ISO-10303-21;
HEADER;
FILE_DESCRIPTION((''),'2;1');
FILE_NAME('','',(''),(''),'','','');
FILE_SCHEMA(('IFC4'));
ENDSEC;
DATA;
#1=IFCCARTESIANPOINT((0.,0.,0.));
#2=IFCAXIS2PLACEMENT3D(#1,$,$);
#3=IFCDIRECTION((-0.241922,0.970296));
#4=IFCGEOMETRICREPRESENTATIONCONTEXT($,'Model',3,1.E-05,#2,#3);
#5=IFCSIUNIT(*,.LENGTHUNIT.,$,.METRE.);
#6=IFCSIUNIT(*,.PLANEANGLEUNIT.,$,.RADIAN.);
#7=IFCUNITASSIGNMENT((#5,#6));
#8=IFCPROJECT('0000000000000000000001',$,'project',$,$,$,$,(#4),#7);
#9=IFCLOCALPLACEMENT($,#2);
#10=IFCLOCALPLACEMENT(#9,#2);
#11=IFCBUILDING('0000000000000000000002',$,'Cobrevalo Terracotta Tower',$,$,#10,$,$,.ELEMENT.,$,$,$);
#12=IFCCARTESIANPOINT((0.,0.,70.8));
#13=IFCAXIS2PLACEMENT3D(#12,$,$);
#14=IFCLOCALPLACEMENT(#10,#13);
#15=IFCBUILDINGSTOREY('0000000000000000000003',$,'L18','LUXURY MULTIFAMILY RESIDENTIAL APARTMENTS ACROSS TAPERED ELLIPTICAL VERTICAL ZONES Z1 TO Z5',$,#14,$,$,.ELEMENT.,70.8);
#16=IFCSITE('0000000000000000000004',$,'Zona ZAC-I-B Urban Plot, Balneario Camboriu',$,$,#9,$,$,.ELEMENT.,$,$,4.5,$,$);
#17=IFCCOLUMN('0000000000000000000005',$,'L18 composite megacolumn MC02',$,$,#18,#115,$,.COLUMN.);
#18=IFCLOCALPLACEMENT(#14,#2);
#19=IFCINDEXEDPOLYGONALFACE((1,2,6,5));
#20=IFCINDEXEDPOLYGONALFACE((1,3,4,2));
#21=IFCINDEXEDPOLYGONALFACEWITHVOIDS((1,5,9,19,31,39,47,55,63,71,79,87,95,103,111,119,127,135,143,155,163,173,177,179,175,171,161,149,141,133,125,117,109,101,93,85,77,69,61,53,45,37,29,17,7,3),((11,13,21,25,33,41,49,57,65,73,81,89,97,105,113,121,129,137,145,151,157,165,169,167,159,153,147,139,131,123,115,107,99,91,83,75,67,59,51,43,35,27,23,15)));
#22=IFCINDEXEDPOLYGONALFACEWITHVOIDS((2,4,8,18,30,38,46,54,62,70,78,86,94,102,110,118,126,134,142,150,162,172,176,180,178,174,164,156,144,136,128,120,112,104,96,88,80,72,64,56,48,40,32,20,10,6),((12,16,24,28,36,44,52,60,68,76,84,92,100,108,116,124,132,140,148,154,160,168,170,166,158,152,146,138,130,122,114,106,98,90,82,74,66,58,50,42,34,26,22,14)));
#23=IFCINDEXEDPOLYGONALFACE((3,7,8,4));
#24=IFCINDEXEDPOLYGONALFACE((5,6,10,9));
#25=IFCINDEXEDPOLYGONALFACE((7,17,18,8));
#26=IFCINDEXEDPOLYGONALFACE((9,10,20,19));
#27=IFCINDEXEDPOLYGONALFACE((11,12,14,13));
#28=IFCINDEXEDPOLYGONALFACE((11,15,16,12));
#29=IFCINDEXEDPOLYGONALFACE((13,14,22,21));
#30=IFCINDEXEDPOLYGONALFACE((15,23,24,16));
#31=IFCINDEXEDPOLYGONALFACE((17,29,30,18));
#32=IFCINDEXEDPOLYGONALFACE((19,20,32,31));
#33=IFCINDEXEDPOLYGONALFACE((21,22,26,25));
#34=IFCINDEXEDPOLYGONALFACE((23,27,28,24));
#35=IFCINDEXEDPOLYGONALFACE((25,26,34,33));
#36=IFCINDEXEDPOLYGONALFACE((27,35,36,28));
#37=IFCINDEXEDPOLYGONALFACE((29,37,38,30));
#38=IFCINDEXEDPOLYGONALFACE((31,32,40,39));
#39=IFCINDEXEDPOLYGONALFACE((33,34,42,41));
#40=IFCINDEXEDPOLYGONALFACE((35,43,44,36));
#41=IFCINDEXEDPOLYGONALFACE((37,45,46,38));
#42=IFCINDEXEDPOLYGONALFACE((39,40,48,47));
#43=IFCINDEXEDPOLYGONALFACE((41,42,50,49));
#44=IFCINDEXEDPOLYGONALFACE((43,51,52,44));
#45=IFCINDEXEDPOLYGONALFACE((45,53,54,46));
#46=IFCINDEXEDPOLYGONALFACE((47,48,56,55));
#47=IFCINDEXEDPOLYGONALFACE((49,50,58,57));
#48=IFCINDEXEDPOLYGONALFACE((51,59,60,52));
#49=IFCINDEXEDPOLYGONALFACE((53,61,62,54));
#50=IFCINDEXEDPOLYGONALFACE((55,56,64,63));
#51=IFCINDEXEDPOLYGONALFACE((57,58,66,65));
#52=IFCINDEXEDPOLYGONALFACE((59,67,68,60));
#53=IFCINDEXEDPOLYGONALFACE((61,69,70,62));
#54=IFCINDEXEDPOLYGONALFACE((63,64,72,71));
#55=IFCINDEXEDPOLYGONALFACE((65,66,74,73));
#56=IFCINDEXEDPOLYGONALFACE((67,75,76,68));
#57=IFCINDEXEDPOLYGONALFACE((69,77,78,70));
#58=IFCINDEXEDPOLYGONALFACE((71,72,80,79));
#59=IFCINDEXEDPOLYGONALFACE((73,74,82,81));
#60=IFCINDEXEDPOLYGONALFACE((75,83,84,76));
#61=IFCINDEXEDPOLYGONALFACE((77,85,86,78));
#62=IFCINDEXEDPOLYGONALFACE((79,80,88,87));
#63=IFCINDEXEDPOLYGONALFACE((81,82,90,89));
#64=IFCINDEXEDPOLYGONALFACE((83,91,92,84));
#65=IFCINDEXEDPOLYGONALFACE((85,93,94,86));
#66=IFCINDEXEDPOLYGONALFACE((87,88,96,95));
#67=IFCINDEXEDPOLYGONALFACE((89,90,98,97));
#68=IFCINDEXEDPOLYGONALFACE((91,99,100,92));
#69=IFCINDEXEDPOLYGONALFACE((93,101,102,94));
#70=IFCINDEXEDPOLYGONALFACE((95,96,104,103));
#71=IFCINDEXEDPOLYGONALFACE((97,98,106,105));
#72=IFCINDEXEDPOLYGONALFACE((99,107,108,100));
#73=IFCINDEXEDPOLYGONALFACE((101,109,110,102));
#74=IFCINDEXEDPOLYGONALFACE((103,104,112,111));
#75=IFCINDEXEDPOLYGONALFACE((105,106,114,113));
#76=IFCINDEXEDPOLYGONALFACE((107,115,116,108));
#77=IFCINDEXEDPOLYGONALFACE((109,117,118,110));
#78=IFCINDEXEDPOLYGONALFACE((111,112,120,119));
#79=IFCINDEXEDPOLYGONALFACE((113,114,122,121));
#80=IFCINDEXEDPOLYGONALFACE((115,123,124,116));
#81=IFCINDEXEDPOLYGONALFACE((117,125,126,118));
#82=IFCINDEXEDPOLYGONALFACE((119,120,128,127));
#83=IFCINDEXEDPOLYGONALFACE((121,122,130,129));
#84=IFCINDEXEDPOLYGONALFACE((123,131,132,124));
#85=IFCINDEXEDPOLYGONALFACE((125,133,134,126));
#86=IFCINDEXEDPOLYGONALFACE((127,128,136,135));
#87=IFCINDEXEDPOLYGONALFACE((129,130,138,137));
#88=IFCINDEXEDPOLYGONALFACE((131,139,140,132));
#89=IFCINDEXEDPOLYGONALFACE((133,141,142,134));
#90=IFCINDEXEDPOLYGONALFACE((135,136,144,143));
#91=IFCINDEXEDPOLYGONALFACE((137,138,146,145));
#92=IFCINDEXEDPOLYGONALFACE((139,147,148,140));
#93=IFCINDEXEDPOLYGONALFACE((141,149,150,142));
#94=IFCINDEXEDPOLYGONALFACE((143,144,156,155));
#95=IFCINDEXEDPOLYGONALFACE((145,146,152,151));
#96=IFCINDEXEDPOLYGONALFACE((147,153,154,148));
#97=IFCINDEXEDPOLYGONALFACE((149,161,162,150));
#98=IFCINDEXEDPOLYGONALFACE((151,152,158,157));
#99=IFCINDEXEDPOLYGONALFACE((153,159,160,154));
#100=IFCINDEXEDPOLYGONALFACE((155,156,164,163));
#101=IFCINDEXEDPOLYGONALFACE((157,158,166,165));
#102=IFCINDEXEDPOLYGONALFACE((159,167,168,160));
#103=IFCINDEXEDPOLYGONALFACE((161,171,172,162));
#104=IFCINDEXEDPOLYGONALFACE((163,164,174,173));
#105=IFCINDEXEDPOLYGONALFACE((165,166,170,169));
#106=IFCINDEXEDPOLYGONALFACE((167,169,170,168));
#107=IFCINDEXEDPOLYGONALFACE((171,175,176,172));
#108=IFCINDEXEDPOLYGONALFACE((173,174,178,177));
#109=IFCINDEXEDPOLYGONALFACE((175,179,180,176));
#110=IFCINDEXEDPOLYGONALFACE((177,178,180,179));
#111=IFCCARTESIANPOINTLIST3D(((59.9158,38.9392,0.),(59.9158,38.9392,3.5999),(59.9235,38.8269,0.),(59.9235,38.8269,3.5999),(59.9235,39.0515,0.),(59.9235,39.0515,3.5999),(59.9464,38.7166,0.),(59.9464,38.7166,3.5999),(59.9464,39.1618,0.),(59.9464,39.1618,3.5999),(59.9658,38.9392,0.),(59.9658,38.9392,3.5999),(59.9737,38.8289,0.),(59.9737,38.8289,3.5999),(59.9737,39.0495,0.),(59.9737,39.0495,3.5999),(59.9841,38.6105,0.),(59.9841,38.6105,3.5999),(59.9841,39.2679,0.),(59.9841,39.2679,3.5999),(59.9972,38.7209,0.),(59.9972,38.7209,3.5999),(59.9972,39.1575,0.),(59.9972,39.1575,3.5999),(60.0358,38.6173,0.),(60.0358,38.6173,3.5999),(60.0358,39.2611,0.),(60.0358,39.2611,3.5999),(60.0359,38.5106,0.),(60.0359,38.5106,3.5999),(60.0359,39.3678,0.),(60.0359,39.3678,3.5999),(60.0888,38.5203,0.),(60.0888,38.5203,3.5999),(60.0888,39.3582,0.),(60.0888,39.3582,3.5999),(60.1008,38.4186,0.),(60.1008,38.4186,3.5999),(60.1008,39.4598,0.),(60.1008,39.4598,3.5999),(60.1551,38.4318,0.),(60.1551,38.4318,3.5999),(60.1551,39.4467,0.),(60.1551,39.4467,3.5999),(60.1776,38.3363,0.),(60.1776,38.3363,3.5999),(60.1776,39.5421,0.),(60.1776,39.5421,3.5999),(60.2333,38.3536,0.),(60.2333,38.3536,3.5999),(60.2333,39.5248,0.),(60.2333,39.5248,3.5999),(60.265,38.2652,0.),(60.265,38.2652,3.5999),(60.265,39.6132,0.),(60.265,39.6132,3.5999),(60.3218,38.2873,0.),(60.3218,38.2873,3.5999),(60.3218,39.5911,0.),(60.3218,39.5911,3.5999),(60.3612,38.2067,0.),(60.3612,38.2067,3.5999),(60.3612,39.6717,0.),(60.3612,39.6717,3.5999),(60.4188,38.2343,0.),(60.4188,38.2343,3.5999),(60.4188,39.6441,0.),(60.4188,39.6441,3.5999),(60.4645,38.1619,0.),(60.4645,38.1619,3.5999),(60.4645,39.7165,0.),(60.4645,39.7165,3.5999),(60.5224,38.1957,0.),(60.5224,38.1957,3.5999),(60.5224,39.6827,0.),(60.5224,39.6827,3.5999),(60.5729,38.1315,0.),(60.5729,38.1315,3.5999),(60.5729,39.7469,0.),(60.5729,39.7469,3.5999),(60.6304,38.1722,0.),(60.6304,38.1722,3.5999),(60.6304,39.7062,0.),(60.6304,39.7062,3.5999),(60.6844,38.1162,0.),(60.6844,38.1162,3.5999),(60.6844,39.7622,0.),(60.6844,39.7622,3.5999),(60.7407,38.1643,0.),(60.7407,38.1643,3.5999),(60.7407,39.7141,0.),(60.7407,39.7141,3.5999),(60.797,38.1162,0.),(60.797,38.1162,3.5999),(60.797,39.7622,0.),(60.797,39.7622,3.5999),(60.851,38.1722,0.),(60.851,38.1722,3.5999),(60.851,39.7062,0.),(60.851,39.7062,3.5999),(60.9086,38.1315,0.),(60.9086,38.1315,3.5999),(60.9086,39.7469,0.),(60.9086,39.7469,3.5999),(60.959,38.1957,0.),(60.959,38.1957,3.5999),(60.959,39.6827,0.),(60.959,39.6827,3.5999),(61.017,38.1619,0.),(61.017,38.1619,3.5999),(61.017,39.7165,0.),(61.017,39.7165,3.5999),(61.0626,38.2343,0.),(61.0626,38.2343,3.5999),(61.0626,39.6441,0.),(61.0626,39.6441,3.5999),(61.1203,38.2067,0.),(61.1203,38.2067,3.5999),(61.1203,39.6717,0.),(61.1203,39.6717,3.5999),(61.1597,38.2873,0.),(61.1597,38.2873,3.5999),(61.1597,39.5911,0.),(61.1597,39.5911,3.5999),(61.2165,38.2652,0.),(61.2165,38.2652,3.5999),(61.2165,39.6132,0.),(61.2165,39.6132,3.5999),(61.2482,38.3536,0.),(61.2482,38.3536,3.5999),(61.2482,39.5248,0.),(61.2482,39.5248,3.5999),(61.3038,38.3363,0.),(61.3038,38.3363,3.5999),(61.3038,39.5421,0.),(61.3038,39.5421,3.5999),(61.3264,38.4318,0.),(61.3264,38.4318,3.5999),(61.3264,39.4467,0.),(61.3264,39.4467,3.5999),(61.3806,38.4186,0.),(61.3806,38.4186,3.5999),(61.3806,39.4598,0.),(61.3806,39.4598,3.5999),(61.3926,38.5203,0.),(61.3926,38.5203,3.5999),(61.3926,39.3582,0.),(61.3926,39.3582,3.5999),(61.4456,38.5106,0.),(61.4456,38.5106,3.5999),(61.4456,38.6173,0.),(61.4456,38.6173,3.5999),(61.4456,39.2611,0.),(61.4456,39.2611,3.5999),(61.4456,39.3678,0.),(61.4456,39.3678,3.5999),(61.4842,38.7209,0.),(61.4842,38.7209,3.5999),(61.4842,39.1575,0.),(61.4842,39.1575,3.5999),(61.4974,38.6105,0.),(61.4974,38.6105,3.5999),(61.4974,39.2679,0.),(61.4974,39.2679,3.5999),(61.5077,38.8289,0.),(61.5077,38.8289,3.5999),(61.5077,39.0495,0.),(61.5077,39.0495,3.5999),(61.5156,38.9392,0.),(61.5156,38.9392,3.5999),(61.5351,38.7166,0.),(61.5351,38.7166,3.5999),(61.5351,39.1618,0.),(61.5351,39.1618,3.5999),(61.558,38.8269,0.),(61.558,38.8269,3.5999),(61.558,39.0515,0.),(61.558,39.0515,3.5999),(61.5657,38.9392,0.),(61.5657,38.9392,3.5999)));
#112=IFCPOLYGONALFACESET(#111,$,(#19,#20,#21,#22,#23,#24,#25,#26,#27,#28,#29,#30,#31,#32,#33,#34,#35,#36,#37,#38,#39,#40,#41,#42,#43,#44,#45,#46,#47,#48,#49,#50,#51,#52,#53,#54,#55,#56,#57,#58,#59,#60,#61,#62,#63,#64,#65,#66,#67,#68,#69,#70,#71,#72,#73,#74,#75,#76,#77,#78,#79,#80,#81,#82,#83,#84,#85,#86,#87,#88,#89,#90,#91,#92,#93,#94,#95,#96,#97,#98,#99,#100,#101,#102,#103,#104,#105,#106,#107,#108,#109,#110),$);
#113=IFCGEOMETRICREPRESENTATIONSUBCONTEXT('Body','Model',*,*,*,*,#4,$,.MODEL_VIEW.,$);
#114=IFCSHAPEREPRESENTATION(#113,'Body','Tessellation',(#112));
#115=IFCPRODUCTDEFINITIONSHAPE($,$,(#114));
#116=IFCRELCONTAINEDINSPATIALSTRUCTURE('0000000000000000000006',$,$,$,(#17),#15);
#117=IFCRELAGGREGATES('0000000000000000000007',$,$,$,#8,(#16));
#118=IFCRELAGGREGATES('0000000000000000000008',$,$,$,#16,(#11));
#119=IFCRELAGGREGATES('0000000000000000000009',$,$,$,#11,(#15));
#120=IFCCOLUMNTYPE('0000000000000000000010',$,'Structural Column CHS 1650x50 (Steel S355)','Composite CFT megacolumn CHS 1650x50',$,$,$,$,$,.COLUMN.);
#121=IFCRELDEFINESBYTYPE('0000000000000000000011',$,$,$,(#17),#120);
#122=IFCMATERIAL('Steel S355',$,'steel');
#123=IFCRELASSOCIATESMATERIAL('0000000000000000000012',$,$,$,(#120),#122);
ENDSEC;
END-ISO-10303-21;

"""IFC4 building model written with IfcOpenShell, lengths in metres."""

from ifc_helpers import new_model, si_unit, direction, frame, origin, origin_2d, place, context, subcontext, project, spatial, hollow_circle, extrude, material, material_profile, profile_set, type_object, element, save


model = new_model("IFC4")

# Units and contexts
model_context = context("Model", 3, precision=1e-05, world=origin(), true_north=direction((-0.241922, 0.970296)))
body_context = subcontext(model_context, "Body", "Model", "MODEL_VIEW")
ifc_project = project(units=[si_unit("LENGTHUNIT", "METRE"), si_unit("PLANEANGLEUNIT", "RADIAN")], contexts=[model_context])

# Site, building, storey
site_placement = place(None, origin())
site = spatial("IfcSite", under=ifc_project, at=site_placement, Name="Zona ZAC-I-B Urban Plot, Balneario Camboriu", CompositionType="ELEMENT", RefElevation=4.5)
building_placement = place(site_placement, origin())
building = spatial("IfcBuilding", under=site, at=building_placement, Name="Cobrevalo Terracotta Tower", CompositionType="ELEMENT")
storey_placement = place(building_placement, frame((0.0, 0.0, 70.8)))
storey = spatial("IfcBuildingStorey", under=building, at=storey_placement, Name="L18", Description="LUXURY MULTIFAMILY RESIDENTIAL APARTMENTS ACROSS TAPERED ELLIPTICAL VERTICAL ZONES Z1 TO Z5", CompositionType="ELEMENT", Elevation=70.8)

# Column
ifc_material_1 = material(Name="Steel S355", Category="steel")
ifc_material_profile_1 = material_profile(ifc_material_1, hollow_circle(Radius=0.825, WallThickness=0.05, at=origin_2d()), Name="CHS 1650x50")
ifc_profile_set_1 = profile_set([ifc_material_profile_1], Name="Steel S355")
column_type = type_object("IfcColumnType", Name="Structural Column CHS 1650x50 (Steel S355)", Description="Composite CFT megacolumn CHS 1650x50", PredefinedType="COLUMN", material=ifc_profile_set_1)
for number, where, z_axis, x_axis, name in (
    (1, (60.7407, 38.9392, 0.0), (0.0, 0.0, 1.0), (1.0, 0.0, 0.0), "L18 composite megacolumn MC02"),
):
    element("IfcColumn", number, at=place(storey_placement, frame(where, z_axis=z_axis, x_axis=x_axis)), inside=storey, type_object=column_type, Name=name, PredefinedType="COLUMN", context=body_context, shape_type="SweptSolid", body=[
        extrude(hollow_circle(Radius=0.825, WallThickness=0.05, at=origin_2d()), origin(), (0.0, 0.0, 1.0), 3.5999),
    ])

save(model, "model.ifc")
